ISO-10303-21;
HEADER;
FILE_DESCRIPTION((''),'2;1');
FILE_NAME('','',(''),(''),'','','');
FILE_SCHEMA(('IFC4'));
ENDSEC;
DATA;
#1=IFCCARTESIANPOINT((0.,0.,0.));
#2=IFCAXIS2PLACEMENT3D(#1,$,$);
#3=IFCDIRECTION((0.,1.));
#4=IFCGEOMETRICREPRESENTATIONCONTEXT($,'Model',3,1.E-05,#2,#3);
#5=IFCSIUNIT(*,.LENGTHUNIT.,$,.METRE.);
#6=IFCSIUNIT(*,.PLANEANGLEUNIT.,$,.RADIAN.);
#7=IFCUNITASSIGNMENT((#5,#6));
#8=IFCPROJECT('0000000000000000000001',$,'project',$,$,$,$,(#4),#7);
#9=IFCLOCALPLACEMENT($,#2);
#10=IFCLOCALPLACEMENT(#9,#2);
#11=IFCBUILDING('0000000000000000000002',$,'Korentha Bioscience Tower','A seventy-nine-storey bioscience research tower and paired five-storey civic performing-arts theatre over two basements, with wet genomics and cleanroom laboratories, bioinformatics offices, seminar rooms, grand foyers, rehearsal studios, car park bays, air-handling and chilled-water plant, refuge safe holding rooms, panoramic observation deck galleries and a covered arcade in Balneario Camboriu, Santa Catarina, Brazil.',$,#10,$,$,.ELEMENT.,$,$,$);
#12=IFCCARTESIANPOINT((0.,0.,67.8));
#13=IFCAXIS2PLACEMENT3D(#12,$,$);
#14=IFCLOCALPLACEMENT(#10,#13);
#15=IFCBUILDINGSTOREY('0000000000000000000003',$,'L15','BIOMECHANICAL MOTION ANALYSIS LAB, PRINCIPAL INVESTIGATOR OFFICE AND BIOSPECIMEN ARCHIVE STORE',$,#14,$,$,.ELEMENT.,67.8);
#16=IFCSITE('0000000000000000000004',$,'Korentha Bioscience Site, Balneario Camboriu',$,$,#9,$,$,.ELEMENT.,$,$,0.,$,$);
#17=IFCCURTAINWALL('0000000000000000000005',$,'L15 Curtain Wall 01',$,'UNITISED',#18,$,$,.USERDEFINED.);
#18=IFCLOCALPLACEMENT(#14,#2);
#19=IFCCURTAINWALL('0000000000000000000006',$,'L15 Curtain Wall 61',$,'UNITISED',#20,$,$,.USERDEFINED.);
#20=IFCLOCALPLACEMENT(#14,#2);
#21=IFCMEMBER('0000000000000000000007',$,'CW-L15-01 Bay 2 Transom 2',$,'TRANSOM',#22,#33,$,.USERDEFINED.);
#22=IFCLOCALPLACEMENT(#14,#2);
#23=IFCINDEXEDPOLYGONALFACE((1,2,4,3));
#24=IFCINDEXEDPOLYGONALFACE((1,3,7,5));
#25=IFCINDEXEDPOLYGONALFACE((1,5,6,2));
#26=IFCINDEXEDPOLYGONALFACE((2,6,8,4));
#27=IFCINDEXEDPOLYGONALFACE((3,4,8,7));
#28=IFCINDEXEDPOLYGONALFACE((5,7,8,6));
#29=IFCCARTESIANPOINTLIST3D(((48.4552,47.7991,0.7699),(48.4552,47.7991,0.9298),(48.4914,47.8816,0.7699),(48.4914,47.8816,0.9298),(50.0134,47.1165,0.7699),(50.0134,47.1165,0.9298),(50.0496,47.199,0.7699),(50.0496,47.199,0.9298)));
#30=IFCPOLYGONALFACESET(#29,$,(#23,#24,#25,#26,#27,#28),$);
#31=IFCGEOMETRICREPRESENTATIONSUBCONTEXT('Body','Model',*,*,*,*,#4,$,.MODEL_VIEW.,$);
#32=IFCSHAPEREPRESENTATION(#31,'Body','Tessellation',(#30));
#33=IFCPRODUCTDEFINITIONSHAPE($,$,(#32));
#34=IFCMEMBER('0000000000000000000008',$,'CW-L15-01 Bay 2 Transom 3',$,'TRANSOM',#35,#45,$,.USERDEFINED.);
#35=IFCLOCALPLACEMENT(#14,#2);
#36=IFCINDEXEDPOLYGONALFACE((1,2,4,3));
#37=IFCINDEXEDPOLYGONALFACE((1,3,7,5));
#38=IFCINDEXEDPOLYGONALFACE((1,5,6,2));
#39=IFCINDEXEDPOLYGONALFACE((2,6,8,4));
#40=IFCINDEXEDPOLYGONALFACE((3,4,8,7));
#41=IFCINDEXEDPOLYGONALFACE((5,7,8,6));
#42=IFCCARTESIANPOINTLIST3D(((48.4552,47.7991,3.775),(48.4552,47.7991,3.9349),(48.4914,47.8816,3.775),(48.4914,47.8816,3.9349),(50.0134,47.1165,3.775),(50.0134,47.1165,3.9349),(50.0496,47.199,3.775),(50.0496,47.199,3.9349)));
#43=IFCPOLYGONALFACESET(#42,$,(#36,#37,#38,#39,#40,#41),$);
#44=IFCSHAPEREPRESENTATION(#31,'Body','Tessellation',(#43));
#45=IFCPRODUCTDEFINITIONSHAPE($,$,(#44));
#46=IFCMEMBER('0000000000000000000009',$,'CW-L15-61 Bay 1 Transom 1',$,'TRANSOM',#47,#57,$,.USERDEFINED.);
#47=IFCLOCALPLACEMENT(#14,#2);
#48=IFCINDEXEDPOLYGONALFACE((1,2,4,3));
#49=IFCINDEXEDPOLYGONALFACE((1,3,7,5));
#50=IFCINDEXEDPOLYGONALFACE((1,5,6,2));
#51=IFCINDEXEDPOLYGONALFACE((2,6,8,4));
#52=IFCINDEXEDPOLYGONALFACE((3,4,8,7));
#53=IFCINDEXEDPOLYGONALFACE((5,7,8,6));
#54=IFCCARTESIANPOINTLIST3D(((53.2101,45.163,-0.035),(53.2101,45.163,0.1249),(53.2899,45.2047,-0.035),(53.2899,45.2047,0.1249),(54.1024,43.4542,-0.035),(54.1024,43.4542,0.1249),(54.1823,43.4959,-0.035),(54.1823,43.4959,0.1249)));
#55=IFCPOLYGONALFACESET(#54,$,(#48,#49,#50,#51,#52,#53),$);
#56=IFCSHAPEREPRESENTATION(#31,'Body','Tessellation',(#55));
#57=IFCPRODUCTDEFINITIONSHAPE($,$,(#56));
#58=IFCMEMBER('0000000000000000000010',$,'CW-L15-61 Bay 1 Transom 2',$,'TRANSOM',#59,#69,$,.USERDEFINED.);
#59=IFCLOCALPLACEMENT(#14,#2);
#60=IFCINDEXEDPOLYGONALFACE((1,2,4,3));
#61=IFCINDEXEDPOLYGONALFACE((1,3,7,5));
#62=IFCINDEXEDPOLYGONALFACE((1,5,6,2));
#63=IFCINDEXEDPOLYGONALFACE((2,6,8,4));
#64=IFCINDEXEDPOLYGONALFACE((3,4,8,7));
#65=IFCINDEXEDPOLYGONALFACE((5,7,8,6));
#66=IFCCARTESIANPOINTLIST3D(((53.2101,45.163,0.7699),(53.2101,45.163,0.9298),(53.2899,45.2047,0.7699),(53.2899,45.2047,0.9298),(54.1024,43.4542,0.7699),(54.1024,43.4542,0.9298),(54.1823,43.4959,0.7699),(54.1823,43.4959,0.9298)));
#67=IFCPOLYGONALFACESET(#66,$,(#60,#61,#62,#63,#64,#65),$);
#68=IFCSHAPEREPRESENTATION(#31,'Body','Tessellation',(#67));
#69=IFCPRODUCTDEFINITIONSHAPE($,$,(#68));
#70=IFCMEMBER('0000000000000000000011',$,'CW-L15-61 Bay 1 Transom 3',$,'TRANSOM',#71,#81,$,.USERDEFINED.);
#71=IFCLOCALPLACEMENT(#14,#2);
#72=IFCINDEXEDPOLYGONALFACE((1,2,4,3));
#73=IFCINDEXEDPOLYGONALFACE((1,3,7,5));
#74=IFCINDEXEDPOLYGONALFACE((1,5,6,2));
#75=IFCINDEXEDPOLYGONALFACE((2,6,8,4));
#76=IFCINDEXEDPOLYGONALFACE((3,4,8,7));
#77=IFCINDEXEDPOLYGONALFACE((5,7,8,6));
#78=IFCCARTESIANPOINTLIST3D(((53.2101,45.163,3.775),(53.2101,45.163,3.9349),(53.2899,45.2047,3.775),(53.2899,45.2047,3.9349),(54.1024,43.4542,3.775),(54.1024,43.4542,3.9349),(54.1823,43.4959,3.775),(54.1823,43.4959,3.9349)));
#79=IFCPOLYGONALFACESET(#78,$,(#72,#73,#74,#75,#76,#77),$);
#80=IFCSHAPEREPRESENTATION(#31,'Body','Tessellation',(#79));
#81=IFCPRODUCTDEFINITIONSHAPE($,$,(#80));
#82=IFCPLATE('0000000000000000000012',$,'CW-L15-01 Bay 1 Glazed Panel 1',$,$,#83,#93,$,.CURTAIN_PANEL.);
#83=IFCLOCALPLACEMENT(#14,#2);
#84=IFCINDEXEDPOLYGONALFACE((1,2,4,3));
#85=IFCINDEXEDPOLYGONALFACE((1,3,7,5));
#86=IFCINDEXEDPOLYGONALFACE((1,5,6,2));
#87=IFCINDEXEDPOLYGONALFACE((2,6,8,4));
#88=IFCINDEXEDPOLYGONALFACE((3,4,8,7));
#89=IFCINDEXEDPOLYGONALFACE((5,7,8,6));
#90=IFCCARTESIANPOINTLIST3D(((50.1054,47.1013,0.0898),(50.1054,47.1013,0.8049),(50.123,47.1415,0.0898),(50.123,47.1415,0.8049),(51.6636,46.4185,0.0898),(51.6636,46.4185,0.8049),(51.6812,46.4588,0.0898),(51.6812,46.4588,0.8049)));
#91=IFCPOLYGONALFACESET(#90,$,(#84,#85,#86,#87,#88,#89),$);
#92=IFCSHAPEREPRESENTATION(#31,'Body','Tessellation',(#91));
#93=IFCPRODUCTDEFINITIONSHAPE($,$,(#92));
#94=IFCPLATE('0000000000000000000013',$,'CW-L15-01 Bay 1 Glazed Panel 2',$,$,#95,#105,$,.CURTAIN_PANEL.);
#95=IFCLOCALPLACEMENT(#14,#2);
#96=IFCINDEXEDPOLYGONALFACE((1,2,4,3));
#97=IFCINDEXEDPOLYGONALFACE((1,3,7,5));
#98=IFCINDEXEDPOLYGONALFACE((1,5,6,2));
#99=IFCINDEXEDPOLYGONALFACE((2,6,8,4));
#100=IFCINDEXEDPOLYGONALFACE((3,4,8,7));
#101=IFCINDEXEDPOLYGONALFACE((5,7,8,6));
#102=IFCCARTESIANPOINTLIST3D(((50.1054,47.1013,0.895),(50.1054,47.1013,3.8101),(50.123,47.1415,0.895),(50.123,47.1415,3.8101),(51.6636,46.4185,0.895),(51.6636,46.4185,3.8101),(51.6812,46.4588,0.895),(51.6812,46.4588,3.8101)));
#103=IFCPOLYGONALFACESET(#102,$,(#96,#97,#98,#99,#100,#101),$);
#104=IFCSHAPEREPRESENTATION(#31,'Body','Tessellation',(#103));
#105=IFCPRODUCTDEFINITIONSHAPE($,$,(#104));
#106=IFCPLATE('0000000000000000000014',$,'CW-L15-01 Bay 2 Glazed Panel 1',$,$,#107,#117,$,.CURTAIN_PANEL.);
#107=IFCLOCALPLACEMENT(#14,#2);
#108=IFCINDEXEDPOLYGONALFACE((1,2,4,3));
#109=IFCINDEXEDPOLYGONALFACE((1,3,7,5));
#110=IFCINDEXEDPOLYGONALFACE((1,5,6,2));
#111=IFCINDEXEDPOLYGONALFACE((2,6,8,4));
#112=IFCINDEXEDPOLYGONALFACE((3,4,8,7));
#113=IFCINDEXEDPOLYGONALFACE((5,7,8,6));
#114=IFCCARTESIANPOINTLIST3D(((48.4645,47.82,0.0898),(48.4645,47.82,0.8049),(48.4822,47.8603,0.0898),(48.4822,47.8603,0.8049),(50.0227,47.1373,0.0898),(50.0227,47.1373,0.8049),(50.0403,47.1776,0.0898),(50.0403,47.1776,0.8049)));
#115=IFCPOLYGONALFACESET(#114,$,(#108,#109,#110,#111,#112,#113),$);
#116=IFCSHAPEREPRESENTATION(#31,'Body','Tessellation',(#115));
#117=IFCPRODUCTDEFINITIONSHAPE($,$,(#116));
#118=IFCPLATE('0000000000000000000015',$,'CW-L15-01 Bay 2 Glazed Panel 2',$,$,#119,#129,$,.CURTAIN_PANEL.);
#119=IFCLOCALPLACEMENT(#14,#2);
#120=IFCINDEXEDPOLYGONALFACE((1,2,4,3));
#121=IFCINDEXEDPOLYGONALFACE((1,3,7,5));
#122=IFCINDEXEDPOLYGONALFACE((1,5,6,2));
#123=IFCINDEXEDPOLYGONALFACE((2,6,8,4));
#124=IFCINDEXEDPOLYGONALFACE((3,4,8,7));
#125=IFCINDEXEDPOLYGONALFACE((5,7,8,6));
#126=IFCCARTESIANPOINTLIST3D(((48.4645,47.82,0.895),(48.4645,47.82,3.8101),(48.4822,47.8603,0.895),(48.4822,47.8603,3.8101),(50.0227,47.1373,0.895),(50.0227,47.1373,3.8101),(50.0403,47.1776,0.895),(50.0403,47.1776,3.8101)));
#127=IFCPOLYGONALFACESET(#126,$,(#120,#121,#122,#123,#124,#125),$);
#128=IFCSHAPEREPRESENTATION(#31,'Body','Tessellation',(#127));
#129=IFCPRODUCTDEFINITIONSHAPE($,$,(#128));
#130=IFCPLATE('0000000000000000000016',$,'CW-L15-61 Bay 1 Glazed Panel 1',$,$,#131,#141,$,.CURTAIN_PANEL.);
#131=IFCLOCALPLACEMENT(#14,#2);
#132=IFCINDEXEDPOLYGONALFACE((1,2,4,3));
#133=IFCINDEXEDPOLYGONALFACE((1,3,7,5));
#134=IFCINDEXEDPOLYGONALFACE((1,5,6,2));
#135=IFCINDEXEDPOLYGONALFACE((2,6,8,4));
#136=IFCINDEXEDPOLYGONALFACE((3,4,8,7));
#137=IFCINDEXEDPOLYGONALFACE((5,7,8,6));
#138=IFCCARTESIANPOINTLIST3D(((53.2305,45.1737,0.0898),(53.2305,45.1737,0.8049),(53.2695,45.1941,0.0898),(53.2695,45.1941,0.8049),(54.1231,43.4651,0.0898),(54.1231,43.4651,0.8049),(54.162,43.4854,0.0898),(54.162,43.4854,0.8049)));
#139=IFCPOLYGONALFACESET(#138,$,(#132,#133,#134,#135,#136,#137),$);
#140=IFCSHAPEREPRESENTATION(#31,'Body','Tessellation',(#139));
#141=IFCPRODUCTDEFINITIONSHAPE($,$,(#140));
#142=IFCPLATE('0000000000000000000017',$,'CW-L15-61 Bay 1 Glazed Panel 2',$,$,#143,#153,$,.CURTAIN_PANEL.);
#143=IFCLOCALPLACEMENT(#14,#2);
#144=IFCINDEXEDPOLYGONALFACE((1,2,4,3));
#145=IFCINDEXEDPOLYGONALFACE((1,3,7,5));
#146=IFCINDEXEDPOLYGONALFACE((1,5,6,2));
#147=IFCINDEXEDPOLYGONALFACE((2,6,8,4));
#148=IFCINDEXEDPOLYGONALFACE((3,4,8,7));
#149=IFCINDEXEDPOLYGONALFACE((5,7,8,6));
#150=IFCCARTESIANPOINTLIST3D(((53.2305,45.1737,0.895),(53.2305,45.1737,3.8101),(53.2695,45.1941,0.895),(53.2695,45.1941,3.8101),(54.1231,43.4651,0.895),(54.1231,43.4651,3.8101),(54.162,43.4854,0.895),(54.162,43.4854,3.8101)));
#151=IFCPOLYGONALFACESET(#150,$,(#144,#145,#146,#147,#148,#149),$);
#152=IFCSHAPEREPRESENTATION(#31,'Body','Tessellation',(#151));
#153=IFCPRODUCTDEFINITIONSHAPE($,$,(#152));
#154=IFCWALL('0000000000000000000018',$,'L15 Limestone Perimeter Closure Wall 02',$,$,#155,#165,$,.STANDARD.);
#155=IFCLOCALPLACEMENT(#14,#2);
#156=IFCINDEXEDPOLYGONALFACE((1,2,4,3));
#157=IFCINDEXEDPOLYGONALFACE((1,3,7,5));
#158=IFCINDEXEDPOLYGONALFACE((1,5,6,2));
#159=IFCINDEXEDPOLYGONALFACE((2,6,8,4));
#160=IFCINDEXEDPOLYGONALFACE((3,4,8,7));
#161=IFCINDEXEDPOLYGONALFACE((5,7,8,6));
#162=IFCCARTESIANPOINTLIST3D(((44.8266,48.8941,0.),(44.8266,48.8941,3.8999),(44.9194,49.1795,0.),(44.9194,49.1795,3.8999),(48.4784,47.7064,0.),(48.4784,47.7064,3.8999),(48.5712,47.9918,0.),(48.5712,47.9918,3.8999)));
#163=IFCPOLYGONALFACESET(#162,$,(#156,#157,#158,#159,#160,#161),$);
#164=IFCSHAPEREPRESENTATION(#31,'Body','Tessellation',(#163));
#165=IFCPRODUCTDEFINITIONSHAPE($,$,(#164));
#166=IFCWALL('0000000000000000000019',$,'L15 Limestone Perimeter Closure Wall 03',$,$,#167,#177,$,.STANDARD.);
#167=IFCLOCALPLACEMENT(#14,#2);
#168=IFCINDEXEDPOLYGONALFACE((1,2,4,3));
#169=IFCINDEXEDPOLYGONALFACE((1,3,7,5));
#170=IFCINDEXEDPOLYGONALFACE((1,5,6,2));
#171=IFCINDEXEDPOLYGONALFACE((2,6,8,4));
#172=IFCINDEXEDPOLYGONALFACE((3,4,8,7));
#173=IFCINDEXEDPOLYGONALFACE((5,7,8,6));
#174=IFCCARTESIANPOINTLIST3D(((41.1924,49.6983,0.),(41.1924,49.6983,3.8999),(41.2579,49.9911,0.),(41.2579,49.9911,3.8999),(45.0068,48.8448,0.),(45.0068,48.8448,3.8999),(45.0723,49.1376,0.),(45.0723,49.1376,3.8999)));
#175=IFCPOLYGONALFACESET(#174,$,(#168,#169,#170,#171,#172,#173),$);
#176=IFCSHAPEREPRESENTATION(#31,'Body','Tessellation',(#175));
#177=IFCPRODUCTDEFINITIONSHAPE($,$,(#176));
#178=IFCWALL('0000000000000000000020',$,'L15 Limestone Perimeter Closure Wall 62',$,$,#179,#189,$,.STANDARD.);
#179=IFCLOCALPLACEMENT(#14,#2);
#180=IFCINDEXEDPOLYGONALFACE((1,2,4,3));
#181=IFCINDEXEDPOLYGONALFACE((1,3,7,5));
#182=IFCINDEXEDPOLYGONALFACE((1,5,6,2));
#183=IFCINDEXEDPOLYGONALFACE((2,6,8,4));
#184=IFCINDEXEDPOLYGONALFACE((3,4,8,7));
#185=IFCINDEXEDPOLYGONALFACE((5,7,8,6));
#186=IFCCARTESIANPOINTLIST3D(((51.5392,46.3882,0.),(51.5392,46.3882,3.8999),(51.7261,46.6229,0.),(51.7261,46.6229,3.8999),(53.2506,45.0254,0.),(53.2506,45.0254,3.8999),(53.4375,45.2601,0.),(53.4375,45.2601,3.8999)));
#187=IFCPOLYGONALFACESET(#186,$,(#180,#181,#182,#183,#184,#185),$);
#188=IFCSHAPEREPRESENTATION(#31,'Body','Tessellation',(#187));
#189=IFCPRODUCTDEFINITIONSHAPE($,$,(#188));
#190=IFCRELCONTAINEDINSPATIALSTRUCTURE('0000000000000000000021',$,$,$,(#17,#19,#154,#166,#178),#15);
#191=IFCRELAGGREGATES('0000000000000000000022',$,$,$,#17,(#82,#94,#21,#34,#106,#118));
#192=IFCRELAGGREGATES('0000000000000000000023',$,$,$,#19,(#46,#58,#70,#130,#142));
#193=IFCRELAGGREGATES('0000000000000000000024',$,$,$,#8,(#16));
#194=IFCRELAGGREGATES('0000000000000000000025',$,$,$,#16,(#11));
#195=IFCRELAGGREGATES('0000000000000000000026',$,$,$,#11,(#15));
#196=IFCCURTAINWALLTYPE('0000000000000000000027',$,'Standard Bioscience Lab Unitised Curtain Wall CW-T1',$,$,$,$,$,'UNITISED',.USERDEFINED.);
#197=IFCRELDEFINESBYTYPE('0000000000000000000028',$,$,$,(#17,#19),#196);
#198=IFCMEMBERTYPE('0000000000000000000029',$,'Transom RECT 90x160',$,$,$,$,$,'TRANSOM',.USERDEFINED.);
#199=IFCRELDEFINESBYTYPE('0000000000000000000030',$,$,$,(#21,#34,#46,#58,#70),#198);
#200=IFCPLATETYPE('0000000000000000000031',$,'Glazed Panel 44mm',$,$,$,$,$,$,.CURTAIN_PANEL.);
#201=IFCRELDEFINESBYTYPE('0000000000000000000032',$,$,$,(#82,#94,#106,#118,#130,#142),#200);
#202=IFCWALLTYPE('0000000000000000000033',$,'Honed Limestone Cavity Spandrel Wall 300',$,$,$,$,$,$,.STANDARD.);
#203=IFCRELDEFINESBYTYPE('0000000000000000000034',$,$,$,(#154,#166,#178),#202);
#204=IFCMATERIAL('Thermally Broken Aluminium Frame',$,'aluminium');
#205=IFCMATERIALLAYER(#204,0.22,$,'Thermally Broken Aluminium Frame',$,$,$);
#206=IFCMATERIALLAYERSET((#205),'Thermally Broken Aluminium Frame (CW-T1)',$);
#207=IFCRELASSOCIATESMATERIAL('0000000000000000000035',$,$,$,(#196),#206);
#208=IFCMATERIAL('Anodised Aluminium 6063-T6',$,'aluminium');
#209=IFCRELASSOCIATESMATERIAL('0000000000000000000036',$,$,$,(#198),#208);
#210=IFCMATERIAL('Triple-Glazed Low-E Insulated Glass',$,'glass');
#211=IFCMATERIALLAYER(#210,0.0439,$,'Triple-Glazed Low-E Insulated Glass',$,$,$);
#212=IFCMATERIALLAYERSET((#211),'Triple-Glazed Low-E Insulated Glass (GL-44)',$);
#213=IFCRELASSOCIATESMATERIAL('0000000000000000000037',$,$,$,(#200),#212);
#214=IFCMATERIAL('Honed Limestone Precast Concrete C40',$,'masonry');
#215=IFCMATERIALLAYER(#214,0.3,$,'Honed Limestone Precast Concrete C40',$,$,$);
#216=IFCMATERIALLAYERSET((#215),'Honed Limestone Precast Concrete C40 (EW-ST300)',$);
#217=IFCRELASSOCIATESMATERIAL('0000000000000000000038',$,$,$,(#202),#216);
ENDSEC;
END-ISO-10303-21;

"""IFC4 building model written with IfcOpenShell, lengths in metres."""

from ifc_helpers import new_model, si_unit, direction, frame, frame_2d, origin, origin_2d, place, context, subcontext, project, spatial, rectangle, extrude, material, layer, layer_set, material_profile, profile_set, type_object, element, aggregate, save


model = new_model("IFC4")

# Units and contexts
model_context = context("Model", 3, precision=1e-05, world=origin(), true_north=direction((0.0, 1.0)))
body_context = subcontext(model_context, "Body", "Model", "MODEL_VIEW")
ifc_project = project(units=[si_unit("LENGTHUNIT", "METRE"), si_unit("PLANEANGLEUNIT", "RADIAN")], contexts=[model_context])

# Site, building, storey
site_placement = place(None, origin())
site = spatial("IfcSite", under=ifc_project, at=site_placement, Name="Korentha Bioscience Site, Balneario Camboriu", CompositionType="ELEMENT", RefElevation=0.0)
building_placement = place(site_placement, origin())
building = spatial("IfcBuilding", under=site, at=building_placement, Name="Korentha Bioscience Tower", Description="A seventy-nine-storey bioscience research tower and paired five-storey civic performing-arts theatre over two basements, with wet genomics and cleanroom laboratories, bioinformatics offices, seminar rooms, grand foyers, rehearsal studios, car park bays, air-handling and chilled-water plant, refuge safe holding rooms, panoramic observation deck galleries and a covered arcade in Balneario Camboriu, Santa Catarina, Brazil.", CompositionType="ELEMENT")
storey_placement = place(building_placement, frame((0.0, 0.0, 67.8)))
storey = spatial("IfcBuildingStorey", under=building, at=storey_placement, Name="L15", Description="BIOMECHANICAL MOTION ANALYSIS LAB, PRINCIPAL INVESTIGATOR OFFICE AND BIOSPECIMEN ARCHIVE STORE", CompositionType="ELEMENT", Elevation=67.8)

# Curtain walls
ifc_material_1 = material(Name="Thermally Broken Aluminium Frame", Category="aluminium")
ifc_layer_1 = layer(ifc_material_1, 0.22, Name="Thermally Broken Aluminium Frame")
ifc_layer_set_1 = layer_set([ifc_layer_1], Name="Thermally Broken Aluminium Frame (CW-T1)")
curtain_wall_type = type_object("IfcCurtainWallType", Name="Standard Bioscience Lab Unitised Curtain Wall CW-T1", ElementType="UNITISED", PredefinedType="USERDEFINED", material=ifc_layer_set_1)
curtain_wall_1_placement = place(storey_placement, origin())
curtain_wall_1 = element("IfcCurtainWall", 1, at=curtain_wall_1_placement, inside=storey, type_object=curtain_wall_type, Name="L15 Curtain Wall 01", ObjectType="UNITISED", PredefinedType="USERDEFINED")
ifc_material_2 = material(Name="Anodised Aluminium 6063-T6", Category="aluminium")
curtain_wall_2_placement = place(storey_placement, origin())
curtain_wall_2 = element("IfcCurtainWall", 2, at=curtain_wall_2_placement, inside=storey, type_object=curtain_wall_type, Name="L15 Curtain Wall 61", ObjectType="UNITISED", PredefinedType="USERDEFINED")

# Members
ifc_material_profile_1 = material_profile(ifc_material_2, rectangle(XDim=0.0901, YDim=0.1599, at=origin_2d()), Name="Anodised Aluminium 6063-T6")
ifc_profile_set_1 = profile_set([ifc_material_profile_1], Name="Anodised Aluminium 6063-T6 (CW-TRN)")
member_type_1 = type_object("IfcMemberType", Name="Transom RECT 90x160", ElementType="TRANSOM", PredefinedType="USERDEFINED", material=ifc_profile_set_1)
member_1_placement = place(storey_placement, frame((50.0315, 47.1577, 0.8499), z_axis=(-0.915953, 0.401286, 0.0), x_axis=(-0.401286, -0.915953, 0.0)))
member_1 = element("IfcMember", 3, at=member_1_placement, type_object=member_type_1, Name="CW-L15-01 Bay 2 Transom 2", ObjectType="TRANSOM", PredefinedType="USERDEFINED", context=body_context, shape_type="SweptSolid", body=[
    extrude(rectangle(XDim=0.0901, YDim=0.1599, at=origin_2d()), origin(), (0.0, 0.0, 1.0), 1.7012),
])
member_2_placement = place(storey_placement, frame((50.0315, 47.1577, 3.855), z_axis=(-0.915953, 0.401286, 0.0), x_axis=(-0.401286, -0.915953, 0.0)))
member_2 = element("IfcMember", 4, at=member_2_placement, type_object=member_type_1, Name="CW-L15-01 Bay 2 Transom 3", ObjectType="TRANSOM", PredefinedType="USERDEFINED", context=body_context, shape_type="SweptSolid", body=[
    extrude(rectangle(XDim=0.0901, YDim=0.1599, at=origin_2d()), origin(), (0.0, 0.0, 1.0), 1.7012),
])
member_3_placement = place(storey_placement, frame((54.1423, 43.4751, 0.0449), z_axis=(-0.462899, 0.886411, 0.0), x_axis=(-0.886411, -0.462899, 0.0)))
member_3 = element("IfcMember", 5, at=member_3_placement, type_object=member_type_1, Name="CW-L15-61 Bay 1 Transom 1", ObjectType="TRANSOM", PredefinedType="USERDEFINED", context=body_context, shape_type="SweptSolid", body=[
    extrude(rectangle(XDim=0.0901, YDim=0.1599, at=origin_2d()), origin(), (0.0, 0.0, 1.0), 1.9277),
])
member_4_placement = place(storey_placement, frame((54.1423, 43.4751, 0.8499), z_axis=(-0.462899, 0.886411, 0.0), x_axis=(-0.886411, -0.462899, 0.0)))
member_4 = element("IfcMember", 6, at=member_4_placement, type_object=member_type_1, Name="CW-L15-61 Bay 1 Transom 2", ObjectType="TRANSOM", PredefinedType="USERDEFINED", context=body_context, shape_type="SweptSolid", body=[
    extrude(rectangle(XDim=0.0901, YDim=0.1599, at=origin_2d()), origin(), (0.0, 0.0, 1.0), 1.9277),
])
member_5_placement = place(storey_placement, frame((54.1423, 43.4751, 3.855), z_axis=(-0.462899, 0.886411, 0.0), x_axis=(-0.886411, -0.462899, 0.0)))
member_5 = element("IfcMember", 7, at=member_5_placement, type_object=member_type_1, Name="CW-L15-61 Bay 1 Transom 3", ObjectType="TRANSOM", PredefinedType="USERDEFINED", context=body_context, shape_type="SweptSolid", body=[
    extrude(rectangle(XDim=0.0901, YDim=0.1599, at=origin_2d()), origin(), (0.0, 0.0, 1.0), 1.9277),
])

# Plates
ifc_material_3 = material(Name="Triple-Glazed Low-E Insulated Glass", Category="glass")
ifc_layer_2 = layer(ifc_material_3, 0.0439, Name="Triple-Glazed Low-E Insulated Glass")
ifc_layer_set_2 = layer_set([ifc_layer_2], Name="Triple-Glazed Low-E Insulated Glass (GL-44)")
plate_type = type_object("IfcPlateType", Name="Glazed Panel 44mm", PredefinedType="CURTAIN_PANEL", material=ifc_layer_set_2)
plate_1_placement = place(storey_placement, frame((50.8933, 46.78, 0.0898), z_axis=(0.0, 0.0, 1.0), x_axis=(-0.915939, 0.401317, 0.0)))
plate_1 = element("IfcPlate", 8, at=plate_1_placement, type_object=plate_type, Name="CW-L15-01 Bay 1 Glazed Panel 1", PredefinedType="CURTAIN_PANEL", context=body_context, shape_type="SweptSolid", body=[
    extrude(rectangle(XDim=1.7012, YDim=0.0439, at=origin_2d()), origin(), (0.0, 0.0, 1.0), 0.7151),
])
plate_2_placement = place(storey_placement, frame((50.8933, 46.78, 0.895), z_axis=(0.0, 0.0, 1.0), x_axis=(-0.915939, 0.401317, 0.0)))
plate_2 = element("IfcPlate", 9, at=plate_2_placement, type_object=plate_type, Name="CW-L15-01 Bay 1 Glazed Panel 2", PredefinedType="CURTAIN_PANEL", context=body_context, shape_type="SweptSolid", body=[
    extrude(rectangle(XDim=1.7012, YDim=0.0439, at=origin_2d()), origin(), (0.0, 0.0, 1.0), 2.915),
])
plate_3_placement = place(storey_placement, frame((49.2524, 47.4988, 0.0898), z_axis=(0.0, 0.0, 1.0), x_axis=(-0.915939, 0.401317, 0.0)))
plate_3 = element("IfcPlate", 10, at=plate_3_placement, type_object=plate_type, Name="CW-L15-01 Bay 2 Glazed Panel 1", PredefinedType="CURTAIN_PANEL", context=body_context, shape_type="SweptSolid", body=[
    extrude(rectangle(XDim=1.7012, YDim=0.0439, at=origin_2d()), origin(), (0.0, 0.0, 1.0), 0.7151),
])
plate_4_placement = place(storey_placement, frame((49.2524, 47.4988, 0.895), z_axis=(0.0, 0.0, 1.0), x_axis=(-0.915939, 0.401317, 0.0)))
plate_4 = element("IfcPlate", 11, at=plate_4_placement, type_object=plate_type, Name="CW-L15-01 Bay 2 Glazed Panel 2", PredefinedType="CURTAIN_PANEL", context=body_context, shape_type="SweptSolid", body=[
    extrude(rectangle(XDim=1.7012, YDim=0.0439, at=origin_2d()), origin(), (0.0, 0.0, 1.0), 2.915),
])
aggregate(curtain_wall_1, [plate_1, plate_2, member_1, member_2, plate_3, plate_4])
plate_5_placement = place(storey_placement, frame((53.6963, 44.3296, 0.0898), z_axis=(0.0, 0.0, 1.0), x_axis=(-0.463009, 0.886354, 0.0)))
plate_5 = element("IfcPlate", 12, at=plate_5_placement, type_object=plate_type, Name="CW-L15-61 Bay 1 Glazed Panel 1", PredefinedType="CURTAIN_PANEL", context=body_context, shape_type="SweptSolid", body=[
    extrude(rectangle(XDim=1.9277, YDim=0.0439, at=origin_2d()), origin(), (0.0, 0.0, 1.0), 0.7151),
])
plate_6_placement = place(storey_placement, frame((53.6963, 44.3296, 0.895), z_axis=(0.0, 0.0, 1.0), x_axis=(-0.463009, 0.886354, 0.0)))
plate_6 = element("IfcPlate", 13, at=plate_6_placement, type_object=plate_type, Name="CW-L15-61 Bay 1 Glazed Panel 2", PredefinedType="CURTAIN_PANEL", context=body_context, shape_type="SweptSolid", body=[
    extrude(rectangle(XDim=1.9277, YDim=0.0439, at=origin_2d()), origin(), (0.0, 0.0, 1.0), 2.915),
])
aggregate(curtain_wall_2, [member_3, member_4, member_5, plate_5, plate_6])

# Walls
ifc_material_4 = material(Name="Honed Limestone Precast Concrete C40", Category="masonry")
ifc_layer_3 = layer(ifc_material_4, 0.3, Name="Honed Limestone Precast Concrete C40")
ifc_layer_set_3 = layer_set([ifc_layer_3], Name="Honed Limestone Precast Concrete C40 (EW-ST300)")
wall_type = type_object("IfcWallType", Name="Honed Limestone Cavity Spandrel Wall 300", PredefinedType="STANDARD", material=ifc_layer_set_3)
wall_1_placement = place(storey_placement, frame((48.5247, 47.8491, 0.0), z_axis=(0.0, 0.0, 1.0), x_axis=(-0.950966, 0.309296, 0.0)))
element("IfcWall", 14, at=wall_1_placement, inside=storey, type_object=wall_type, Name="L15 Limestone Perimeter Closure Wall 02", PredefinedType="STANDARD", context=body_context, shape_type="SweptSolid", body=[
    extrude(rectangle(XDim=3.8401, YDim=0.3, at=frame_2d((1.9199, 0.0))), origin(), (0.0, 0.0, 1.0), 3.8999),
])
wall_2_placement = place(storey_placement, frame((45.0396, 48.9912, 0.0), z_axis=(0.0, 0.0, 1.0), x_axis=(-0.975869, 0.218359, 0.0)))
element("IfcWall", 15, at=wall_2_placement, inside=storey, type_object=wall_type, Name="L15 Limestone Perimeter Closure Wall 03", PredefinedType="STANDARD", context=body_context, shape_type="SweptSolid", body=[
    extrude(rectangle(XDim=3.9087, YDim=0.3, at=frame_2d((1.9543, 0.0))), origin(), (0.0, 0.0, 1.0), 3.8999),
])
wall_3_placement = place(storey_placement, frame((53.344, 45.1428, 0.0), z_axis=(0.0, 0.0, 1.0), x_axis=(-0.782282, 0.622924, 0.0)))
element("IfcWall", 16, at=wall_3_placement, inside=storey, type_object=wall_type, Name="L15 Limestone Perimeter Closure Wall 62", PredefinedType="STANDARD", context=body_context, shape_type="SweptSolid", body=[
    extrude(rectangle(XDim=2.1877, YDim=0.3, at=frame_2d((1.0938, 0.0))), origin(), (0.0, 0.0, 1.0), 3.8999),
])

save(model, "model.ifc")
